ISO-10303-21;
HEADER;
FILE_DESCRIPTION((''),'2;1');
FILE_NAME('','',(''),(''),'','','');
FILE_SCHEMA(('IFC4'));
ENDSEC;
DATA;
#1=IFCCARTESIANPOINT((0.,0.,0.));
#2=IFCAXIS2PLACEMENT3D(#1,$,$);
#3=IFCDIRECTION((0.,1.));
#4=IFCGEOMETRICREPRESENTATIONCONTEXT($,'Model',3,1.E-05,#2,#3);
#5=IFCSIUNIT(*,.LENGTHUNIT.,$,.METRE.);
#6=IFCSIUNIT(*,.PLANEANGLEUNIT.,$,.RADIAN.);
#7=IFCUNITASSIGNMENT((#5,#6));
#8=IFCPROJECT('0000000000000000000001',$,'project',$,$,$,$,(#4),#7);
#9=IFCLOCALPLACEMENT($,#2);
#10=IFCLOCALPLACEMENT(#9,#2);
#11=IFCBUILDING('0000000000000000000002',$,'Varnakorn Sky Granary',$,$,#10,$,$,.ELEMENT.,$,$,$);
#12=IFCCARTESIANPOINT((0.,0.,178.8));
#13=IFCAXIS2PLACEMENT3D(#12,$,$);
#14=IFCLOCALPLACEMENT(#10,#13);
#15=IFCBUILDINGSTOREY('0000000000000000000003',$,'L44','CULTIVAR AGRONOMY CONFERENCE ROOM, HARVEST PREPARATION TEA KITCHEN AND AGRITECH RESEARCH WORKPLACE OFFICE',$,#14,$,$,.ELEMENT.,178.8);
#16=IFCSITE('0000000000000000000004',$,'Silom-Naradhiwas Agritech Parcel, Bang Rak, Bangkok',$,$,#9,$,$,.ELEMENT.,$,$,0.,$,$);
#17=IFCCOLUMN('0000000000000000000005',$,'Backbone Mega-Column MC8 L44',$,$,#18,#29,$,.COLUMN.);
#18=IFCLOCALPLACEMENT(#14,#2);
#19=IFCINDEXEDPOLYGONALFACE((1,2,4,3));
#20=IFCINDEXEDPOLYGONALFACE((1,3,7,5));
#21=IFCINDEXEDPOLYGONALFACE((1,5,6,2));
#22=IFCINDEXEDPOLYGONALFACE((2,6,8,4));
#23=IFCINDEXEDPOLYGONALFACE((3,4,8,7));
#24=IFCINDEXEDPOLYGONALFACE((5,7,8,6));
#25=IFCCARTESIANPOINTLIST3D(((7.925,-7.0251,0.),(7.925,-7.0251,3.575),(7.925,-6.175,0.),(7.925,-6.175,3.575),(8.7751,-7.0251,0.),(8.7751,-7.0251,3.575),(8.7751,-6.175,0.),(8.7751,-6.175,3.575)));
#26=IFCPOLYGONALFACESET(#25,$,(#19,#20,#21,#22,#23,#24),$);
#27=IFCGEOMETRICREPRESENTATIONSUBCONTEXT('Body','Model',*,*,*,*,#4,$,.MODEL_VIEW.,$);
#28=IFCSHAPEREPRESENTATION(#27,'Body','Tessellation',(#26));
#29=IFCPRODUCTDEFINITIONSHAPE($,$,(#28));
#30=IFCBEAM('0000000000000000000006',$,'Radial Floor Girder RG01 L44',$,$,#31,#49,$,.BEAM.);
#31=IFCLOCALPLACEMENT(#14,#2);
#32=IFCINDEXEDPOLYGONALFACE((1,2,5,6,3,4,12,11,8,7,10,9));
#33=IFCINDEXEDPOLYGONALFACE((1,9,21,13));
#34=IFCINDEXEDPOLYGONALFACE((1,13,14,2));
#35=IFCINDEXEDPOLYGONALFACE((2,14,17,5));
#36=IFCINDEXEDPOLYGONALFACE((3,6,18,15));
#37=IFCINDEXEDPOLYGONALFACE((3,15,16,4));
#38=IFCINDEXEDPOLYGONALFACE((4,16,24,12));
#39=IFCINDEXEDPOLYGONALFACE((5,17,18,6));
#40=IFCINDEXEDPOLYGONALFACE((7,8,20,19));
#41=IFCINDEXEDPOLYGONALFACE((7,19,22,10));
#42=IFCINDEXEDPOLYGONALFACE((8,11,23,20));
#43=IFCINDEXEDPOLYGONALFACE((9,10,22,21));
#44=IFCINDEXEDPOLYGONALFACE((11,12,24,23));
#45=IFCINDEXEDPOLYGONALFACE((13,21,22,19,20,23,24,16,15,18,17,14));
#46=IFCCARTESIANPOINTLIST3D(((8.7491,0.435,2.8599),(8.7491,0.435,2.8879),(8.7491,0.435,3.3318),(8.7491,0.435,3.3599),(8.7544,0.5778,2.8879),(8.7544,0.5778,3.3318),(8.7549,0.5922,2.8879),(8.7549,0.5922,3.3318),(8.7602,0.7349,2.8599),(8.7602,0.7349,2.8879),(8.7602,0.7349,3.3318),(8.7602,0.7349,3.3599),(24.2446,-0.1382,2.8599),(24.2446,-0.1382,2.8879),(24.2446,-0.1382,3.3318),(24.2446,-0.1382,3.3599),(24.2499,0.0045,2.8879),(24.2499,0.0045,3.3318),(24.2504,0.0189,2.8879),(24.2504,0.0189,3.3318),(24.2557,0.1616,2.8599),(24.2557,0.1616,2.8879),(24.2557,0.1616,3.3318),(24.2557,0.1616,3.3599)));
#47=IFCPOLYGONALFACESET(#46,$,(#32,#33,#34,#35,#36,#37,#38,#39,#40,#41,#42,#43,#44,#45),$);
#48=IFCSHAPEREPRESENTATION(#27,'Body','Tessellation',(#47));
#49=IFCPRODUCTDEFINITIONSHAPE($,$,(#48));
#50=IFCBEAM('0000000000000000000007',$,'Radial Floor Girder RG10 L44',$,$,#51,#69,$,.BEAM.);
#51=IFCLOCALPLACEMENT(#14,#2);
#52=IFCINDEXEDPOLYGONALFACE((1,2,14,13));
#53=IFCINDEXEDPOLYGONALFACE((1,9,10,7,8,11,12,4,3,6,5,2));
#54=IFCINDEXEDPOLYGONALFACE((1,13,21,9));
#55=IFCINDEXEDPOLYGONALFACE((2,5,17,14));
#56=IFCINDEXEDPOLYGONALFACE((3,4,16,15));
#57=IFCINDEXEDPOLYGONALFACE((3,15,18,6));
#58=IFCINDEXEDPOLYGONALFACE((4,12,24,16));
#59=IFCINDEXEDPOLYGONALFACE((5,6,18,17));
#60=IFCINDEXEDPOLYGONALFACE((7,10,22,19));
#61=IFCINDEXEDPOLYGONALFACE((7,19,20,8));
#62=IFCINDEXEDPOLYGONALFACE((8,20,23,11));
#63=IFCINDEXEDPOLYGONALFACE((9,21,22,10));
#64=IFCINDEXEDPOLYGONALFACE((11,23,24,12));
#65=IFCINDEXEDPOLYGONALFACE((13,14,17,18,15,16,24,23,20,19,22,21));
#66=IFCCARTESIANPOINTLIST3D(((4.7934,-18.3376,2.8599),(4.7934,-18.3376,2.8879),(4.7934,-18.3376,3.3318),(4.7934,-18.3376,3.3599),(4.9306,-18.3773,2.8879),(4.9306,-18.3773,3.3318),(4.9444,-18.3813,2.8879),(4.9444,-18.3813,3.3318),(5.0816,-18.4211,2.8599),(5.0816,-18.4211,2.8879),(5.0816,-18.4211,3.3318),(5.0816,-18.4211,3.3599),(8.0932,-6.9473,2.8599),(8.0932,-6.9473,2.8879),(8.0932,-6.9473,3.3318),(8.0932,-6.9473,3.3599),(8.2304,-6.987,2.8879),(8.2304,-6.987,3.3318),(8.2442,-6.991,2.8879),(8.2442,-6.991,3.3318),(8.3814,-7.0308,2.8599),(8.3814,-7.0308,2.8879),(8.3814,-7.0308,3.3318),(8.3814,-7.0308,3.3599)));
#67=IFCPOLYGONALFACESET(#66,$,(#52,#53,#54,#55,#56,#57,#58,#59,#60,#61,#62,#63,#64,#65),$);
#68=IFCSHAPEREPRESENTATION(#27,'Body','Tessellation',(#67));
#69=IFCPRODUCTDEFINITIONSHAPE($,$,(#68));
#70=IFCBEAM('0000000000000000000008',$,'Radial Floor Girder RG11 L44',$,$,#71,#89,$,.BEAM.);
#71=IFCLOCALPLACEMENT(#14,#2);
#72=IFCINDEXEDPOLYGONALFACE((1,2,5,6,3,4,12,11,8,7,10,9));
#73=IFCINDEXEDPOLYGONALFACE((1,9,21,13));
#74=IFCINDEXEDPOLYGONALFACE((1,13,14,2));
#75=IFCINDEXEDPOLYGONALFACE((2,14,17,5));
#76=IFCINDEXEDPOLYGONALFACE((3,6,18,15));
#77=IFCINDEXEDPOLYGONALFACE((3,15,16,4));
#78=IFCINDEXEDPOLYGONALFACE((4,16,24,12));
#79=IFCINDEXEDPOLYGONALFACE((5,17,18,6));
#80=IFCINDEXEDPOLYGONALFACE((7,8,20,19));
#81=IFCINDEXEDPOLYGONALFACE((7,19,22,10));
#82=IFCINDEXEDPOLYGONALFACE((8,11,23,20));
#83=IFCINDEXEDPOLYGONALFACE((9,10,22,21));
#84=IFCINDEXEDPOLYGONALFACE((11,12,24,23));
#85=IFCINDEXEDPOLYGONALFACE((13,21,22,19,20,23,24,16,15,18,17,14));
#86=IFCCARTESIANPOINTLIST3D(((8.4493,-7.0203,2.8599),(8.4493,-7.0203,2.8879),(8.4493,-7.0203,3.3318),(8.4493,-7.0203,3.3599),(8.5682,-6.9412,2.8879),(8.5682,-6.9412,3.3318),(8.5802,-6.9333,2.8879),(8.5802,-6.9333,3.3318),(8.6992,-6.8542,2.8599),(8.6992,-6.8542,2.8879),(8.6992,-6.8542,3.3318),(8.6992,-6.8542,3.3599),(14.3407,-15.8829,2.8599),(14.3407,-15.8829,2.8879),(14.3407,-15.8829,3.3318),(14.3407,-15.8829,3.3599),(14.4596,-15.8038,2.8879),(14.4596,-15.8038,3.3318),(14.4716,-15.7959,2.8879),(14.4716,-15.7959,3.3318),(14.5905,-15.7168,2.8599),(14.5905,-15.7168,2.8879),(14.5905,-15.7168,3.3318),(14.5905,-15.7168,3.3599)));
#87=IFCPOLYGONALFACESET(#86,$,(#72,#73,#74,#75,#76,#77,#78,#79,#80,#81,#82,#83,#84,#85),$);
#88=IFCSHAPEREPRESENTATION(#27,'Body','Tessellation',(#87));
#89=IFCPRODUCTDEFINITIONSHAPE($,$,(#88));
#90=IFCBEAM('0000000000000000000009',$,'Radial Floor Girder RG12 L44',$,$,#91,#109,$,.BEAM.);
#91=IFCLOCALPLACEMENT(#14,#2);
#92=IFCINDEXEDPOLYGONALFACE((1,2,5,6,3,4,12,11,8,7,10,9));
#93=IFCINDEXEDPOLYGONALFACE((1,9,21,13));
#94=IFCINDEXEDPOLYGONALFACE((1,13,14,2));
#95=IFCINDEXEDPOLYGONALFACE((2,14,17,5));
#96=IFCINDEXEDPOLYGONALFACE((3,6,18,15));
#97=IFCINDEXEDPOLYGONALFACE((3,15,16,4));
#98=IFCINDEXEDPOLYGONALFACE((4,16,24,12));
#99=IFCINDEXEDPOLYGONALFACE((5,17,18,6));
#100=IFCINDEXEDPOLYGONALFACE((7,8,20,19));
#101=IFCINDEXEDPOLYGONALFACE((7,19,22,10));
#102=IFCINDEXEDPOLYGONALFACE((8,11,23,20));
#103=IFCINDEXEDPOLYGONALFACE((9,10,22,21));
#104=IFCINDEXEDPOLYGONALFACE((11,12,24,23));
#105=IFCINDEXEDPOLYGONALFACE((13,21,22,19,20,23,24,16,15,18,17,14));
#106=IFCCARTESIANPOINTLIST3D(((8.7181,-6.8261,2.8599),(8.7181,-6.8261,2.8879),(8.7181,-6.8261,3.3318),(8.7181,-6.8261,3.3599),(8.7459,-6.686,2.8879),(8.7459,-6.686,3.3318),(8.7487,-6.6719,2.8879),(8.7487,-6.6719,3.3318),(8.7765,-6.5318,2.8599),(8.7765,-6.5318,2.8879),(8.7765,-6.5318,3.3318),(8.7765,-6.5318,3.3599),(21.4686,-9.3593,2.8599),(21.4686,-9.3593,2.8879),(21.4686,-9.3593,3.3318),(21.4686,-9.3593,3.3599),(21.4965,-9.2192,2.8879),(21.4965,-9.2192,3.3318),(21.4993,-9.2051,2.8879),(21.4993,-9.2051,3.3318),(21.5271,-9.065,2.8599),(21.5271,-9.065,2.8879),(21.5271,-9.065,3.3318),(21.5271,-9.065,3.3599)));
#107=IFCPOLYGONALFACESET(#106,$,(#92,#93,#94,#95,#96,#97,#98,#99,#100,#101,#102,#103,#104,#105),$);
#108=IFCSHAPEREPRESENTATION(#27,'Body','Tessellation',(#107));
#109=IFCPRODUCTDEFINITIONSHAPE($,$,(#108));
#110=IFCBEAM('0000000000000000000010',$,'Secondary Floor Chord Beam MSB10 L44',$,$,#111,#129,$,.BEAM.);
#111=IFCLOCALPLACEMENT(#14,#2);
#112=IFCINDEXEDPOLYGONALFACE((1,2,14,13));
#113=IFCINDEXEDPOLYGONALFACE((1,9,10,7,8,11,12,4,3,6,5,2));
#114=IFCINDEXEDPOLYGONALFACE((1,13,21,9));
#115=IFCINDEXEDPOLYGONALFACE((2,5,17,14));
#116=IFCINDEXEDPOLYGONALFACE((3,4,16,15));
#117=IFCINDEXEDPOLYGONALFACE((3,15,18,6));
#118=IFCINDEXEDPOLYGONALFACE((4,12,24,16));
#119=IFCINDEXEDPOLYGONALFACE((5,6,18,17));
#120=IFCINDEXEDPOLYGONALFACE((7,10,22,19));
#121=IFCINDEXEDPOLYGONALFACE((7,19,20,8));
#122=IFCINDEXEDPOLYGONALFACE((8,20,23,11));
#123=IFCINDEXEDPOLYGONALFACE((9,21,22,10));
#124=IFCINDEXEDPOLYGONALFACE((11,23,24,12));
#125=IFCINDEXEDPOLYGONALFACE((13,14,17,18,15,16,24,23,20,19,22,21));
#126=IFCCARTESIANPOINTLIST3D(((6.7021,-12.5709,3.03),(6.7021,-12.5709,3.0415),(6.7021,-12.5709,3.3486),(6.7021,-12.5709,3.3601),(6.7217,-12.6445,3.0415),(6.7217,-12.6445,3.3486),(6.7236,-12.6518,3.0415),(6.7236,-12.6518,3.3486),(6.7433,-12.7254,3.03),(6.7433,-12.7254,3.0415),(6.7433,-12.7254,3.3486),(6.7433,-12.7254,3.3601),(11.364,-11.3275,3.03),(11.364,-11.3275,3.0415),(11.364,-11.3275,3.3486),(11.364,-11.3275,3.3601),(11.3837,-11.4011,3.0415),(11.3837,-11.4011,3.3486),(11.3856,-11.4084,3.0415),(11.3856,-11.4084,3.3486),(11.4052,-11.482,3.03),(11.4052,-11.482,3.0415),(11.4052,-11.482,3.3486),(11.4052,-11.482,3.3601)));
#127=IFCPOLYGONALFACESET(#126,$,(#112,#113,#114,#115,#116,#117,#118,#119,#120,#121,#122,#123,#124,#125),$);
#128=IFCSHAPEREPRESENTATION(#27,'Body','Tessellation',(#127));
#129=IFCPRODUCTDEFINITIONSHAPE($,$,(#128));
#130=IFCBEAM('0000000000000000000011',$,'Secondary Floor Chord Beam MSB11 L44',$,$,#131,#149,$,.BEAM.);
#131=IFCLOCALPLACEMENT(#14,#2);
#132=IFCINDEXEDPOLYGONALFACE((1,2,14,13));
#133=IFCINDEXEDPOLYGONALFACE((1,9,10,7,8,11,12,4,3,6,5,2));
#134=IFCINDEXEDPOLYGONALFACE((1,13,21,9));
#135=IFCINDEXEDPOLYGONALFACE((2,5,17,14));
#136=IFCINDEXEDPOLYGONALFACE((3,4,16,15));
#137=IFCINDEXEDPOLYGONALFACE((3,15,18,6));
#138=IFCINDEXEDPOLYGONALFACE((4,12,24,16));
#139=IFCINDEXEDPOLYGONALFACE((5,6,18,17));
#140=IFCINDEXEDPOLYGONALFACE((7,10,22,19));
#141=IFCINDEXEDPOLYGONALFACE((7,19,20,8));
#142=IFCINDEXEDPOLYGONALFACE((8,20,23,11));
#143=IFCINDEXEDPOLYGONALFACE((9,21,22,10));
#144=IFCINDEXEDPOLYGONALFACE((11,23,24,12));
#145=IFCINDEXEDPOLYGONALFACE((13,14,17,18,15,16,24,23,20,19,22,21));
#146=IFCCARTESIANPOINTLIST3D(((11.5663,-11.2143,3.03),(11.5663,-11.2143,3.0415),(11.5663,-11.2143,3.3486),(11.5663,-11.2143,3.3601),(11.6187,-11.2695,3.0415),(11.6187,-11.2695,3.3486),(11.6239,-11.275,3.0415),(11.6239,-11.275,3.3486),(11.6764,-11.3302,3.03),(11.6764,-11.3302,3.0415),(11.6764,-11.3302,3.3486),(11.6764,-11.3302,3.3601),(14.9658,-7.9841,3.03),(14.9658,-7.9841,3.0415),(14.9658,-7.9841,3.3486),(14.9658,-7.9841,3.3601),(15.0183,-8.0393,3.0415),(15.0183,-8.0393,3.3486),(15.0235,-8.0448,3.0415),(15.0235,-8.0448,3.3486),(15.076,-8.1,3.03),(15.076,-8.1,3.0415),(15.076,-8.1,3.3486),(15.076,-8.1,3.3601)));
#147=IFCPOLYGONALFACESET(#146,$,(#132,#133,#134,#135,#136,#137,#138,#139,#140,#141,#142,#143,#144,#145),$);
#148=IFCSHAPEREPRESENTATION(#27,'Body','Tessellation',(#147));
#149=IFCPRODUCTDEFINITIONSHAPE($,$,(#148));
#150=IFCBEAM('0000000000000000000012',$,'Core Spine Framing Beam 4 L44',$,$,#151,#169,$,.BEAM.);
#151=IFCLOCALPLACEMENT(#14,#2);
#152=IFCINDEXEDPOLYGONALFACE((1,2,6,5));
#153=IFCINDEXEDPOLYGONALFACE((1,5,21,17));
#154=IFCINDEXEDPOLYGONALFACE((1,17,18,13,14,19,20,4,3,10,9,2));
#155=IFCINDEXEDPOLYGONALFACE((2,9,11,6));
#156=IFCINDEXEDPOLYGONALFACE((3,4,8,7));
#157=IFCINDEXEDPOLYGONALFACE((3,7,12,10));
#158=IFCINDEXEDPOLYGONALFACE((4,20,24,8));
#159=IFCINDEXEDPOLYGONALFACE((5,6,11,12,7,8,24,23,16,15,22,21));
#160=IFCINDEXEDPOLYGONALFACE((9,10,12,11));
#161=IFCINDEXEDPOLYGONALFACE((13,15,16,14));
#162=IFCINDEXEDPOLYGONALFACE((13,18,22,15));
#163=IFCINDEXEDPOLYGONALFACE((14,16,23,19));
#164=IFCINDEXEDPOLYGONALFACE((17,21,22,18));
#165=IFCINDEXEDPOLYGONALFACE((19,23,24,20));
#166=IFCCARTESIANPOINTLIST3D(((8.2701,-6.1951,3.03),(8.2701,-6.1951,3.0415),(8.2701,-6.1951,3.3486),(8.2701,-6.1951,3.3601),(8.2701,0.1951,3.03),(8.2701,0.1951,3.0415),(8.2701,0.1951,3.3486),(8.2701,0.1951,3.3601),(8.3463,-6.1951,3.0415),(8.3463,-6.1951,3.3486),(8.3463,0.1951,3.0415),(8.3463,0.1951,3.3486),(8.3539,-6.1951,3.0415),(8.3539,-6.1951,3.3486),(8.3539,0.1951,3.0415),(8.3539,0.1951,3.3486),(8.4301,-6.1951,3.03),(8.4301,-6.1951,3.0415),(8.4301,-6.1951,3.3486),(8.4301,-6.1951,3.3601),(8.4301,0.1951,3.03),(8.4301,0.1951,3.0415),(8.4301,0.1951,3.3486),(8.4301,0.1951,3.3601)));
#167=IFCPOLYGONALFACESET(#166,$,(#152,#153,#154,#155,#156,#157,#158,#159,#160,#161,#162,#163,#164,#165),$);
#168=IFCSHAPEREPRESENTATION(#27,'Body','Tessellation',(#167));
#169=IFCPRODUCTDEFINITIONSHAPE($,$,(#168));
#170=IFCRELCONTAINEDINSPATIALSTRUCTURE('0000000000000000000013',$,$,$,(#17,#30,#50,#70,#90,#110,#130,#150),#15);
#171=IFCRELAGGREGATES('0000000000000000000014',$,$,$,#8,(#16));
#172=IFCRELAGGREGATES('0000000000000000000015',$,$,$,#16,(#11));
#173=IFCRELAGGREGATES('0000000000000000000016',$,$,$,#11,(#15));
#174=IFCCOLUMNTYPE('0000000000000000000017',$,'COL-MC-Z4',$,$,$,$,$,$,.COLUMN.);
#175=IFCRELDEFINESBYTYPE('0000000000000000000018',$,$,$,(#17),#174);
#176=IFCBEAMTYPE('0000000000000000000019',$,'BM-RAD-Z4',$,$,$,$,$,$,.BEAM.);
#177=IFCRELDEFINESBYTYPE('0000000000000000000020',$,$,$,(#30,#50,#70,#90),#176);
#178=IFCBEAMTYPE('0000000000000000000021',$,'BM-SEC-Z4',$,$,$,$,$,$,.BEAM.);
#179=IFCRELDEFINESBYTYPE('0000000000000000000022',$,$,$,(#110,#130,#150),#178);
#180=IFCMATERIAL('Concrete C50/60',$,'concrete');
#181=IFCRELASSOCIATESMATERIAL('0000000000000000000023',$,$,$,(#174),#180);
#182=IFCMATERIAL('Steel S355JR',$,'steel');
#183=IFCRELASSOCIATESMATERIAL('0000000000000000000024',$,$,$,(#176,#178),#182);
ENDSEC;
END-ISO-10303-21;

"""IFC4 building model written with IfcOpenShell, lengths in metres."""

from ifc_helpers import new_model, si_unit, direction, frame, origin, origin_2d, place, context, subcontext, project, spatial, rectangle, i_section, extrude, material, material_profile, profile_set, type_object, element, save


model = new_model("IFC4")

# Units and contexts
model_context = context("Model", 3, precision=1e-05, world=origin(), true_north=direction((0.0, 1.0)))
body_context = subcontext(model_context, "Body", "Model", "MODEL_VIEW")
ifc_project = project(units=[si_unit("LENGTHUNIT", "METRE"), si_unit("PLANEANGLEUNIT", "RADIAN")], contexts=[model_context])

# Site, building, storey
site_placement = place(None, origin())
site = spatial("IfcSite", under=ifc_project, at=site_placement, Name="Silom-Naradhiwas Agritech Parcel, Bang Rak, Bangkok", CompositionType="ELEMENT", RefElevation=0.0)
building_placement = place(site_placement, origin())
building = spatial("IfcBuilding", under=site, at=building_placement, Name="Varnakorn Sky Granary", CompositionType="ELEMENT")
storey_placement = place(building_placement, frame((0.0, 0.0, 178.8)))
storey = spatial("IfcBuildingStorey", under=building, at=storey_placement, Name="L44", Description="CULTIVAR AGRONOMY CONFERENCE ROOM, HARVEST PREPARATION TEA KITCHEN AND AGRITECH RESEARCH WORKPLACE OFFICE", CompositionType="ELEMENT", Elevation=178.8)

# Column
ifc_material_1 = material(Name="Concrete C50/60", Category="concrete")
ifc_material_profile_1 = material_profile(ifc_material_1, rectangle(XDim=0.8501, YDim=0.8501, at=origin_2d()), Name="RC 850x850")
ifc_profile_set_1 = profile_set([ifc_material_profile_1], Name="Concrete C50/60")
column_type = type_object("IfcColumnType", Name="COL-MC-Z4", PredefinedType="COLUMN", material=ifc_profile_set_1)
column_placement = place(storey_placement, frame((8.3501, -6.6001, 0.0), z_axis=(0.0, 0.0, 1.0), x_axis=(1.0, 0.0, 0.0)))
element("IfcColumn", 1, at=column_placement, inside=storey, type_object=column_type, Name="Backbone Mega-Column MC8 L44", PredefinedType="COLUMN", context=body_context, shape_type="SweptSolid", body=[
    extrude(rectangle(XDim=0.8501, YDim=0.8501, at=origin_2d()), origin(), (0.0, 0.0, 1.0), 3.575),
])

# Beams
ifc_material_2 = material(Name="Steel S355JR", Category="steel")
ifc_material_profile_2 = material_profile(ifc_material_2, i_section(OverallWidth=0.3, OverallDepth=0.5, WebThickness=0.0144, FlangeThickness=0.0281, at=origin_2d()), Name="HE 500 B")
ifc_profile_set_2 = profile_set([ifc_material_profile_2], Name="Steel S355JR")
beam_type_1 = type_object("IfcBeamType", Name="BM-RAD-Z4", PredefinedType="BEAM", material=ifc_profile_set_2)
beam_1_placement = place(storey_placement, frame((8.7546, 0.585, 3.1099), z_axis=(0.999316, -0.036969, 0.0), x_axis=(0.036969, 0.999316, 0.0)))
element("IfcBeam", 2, at=beam_1_placement, inside=storey, type_object=beam_type_1, Name="Radial Floor Girder RG01 L44", PredefinedType="BEAM", context=body_context, shape_type="SweptSolid", body=[
    extrude(i_section(OverallWidth=0.3, OverallDepth=0.5, WebThickness=0.0144, FlangeThickness=0.0281, at=origin_2d()), origin(), (0.0, 0.0, 1.0), 15.5061),
])
beam_2_placement = place(storey_placement, frame((8.2373, -6.989, 3.1099), z_axis=(-0.27826, -0.960506, 0.0), x_axis=(0.960506, -0.27826, 0.0)))
element("IfcBeam", 3, at=beam_2_placement, inside=storey, type_object=beam_type_1, Name="Radial Floor Girder RG10 L44", PredefinedType="BEAM", context=body_context, shape_type="SweptSolid", body=[
    extrude(i_section(OverallWidth=0.3, OverallDepth=0.5, WebThickness=0.0144, FlangeThickness=0.0281, at=origin_2d()), origin(), (0.0, 0.0, 1.0), 11.8586),
])
beam_3_placement = place(storey_placement, frame((8.5742, -6.9373, 3.1099), z_axis=(0.553593, -0.832787, 0.0), x_axis=(0.832787, 0.553593, 0.0)))
element("IfcBeam", 4, at=beam_3_placement, inside=storey, type_object=beam_type_1, Name="Radial Floor Girder RG11 L44", PredefinedType="BEAM", context=body_context, shape_type="SweptSolid", body=[
    extrude(i_section(OverallWidth=0.3, OverallDepth=0.5, WebThickness=0.0144, FlangeThickness=0.0281, at=origin_2d()), origin(), (0.0, 0.0, 1.0), 10.6421),
])
beam_4_placement = place(storey_placement, frame((8.7473, -6.679, 3.1099), z_axis=(0.98083, -0.194866, 0.0), x_axis=(0.194866, 0.98083, 0.0)))
element("IfcBeam", 5, at=beam_4_placement, inside=storey, type_object=beam_type_1, Name="Radial Floor Girder RG12 L44", PredefinedType="BEAM", context=body_context, shape_type="SweptSolid", body=[
    extrude(i_section(OverallWidth=0.3, OverallDepth=0.5, WebThickness=0.0144, FlangeThickness=0.0281, at=origin_2d()), origin(), (0.0, 0.0, 1.0), 12.9998),
])
ifc_material_profile_3 = material_profile(ifc_material_2, i_section(OverallWidth=0.1599, OverallDepth=0.3301, WebThickness=0.0076, FlangeThickness=0.0115, at=origin_2d()), Name="IPE 330")
ifc_profile_set_3 = profile_set([ifc_material_profile_3], Name="Steel S355JR")
beam_type_2 = type_object("IfcBeamType", Name="BM-SEC-Z4", PredefinedType="BEAM", material=ifc_profile_set_3)
beam_5_placement = place(storey_placement, frame((6.7227, -12.6482, 3.1951), z_axis=(0.966222, 0.25771, 0.0), x_axis=(-0.25771, 0.966222, 0.0)))
element("IfcBeam", 6, at=beam_5_placement, inside=storey, type_object=beam_type_2, Name="Secondary Floor Chord Beam MSB10 L44", PredefinedType="BEAM", context=body_context, shape_type="SweptSolid", body=[
    extrude(i_section(OverallWidth=0.1599, OverallDepth=0.3301, WebThickness=0.0076, FlangeThickness=0.0115, at=origin_2d()), origin(), (0.0, 0.0, 1.0), 4.825),
])
beam_6_placement = place(storey_placement, frame((11.6213, -11.2722, 3.1951), z_axis=(0.724941, 0.688811, 0.0), x_axis=(-0.688811, 0.724941, 0.0)))
element("IfcBeam", 7, at=beam_6_placement, inside=storey, type_object=beam_type_2, Name="Secondary Floor Chord Beam MSB11 L44", PredefinedType="BEAM", context=body_context, shape_type="SweptSolid", body=[
    extrude(i_section(OverallWidth=0.1599, OverallDepth=0.3301, WebThickness=0.0076, FlangeThickness=0.0115, at=origin_2d()), origin(), (0.0, 0.0, 1.0), 4.6895),
])
beam_7_placement = place(storey_placement, frame((8.3501, 0.1951, 3.1951), z_axis=(0.0, -1.0, 0.0), x_axis=(1.0, 0.0, 0.0)))
element("IfcBeam", 8, at=beam_7_placement, inside=storey, type_object=beam_type_2, Name="Core Spine Framing Beam 4 L44", PredefinedType="BEAM", context=body_context, shape_type="SweptSolid", body=[
    extrude(i_section(OverallWidth=0.1599, OverallDepth=0.3301, WebThickness=0.0076, FlangeThickness=0.0115, at=origin_2d()), origin(), (0.0, 0.0, 1.0), 6.3901),
])

save(model, "model.ifc")
